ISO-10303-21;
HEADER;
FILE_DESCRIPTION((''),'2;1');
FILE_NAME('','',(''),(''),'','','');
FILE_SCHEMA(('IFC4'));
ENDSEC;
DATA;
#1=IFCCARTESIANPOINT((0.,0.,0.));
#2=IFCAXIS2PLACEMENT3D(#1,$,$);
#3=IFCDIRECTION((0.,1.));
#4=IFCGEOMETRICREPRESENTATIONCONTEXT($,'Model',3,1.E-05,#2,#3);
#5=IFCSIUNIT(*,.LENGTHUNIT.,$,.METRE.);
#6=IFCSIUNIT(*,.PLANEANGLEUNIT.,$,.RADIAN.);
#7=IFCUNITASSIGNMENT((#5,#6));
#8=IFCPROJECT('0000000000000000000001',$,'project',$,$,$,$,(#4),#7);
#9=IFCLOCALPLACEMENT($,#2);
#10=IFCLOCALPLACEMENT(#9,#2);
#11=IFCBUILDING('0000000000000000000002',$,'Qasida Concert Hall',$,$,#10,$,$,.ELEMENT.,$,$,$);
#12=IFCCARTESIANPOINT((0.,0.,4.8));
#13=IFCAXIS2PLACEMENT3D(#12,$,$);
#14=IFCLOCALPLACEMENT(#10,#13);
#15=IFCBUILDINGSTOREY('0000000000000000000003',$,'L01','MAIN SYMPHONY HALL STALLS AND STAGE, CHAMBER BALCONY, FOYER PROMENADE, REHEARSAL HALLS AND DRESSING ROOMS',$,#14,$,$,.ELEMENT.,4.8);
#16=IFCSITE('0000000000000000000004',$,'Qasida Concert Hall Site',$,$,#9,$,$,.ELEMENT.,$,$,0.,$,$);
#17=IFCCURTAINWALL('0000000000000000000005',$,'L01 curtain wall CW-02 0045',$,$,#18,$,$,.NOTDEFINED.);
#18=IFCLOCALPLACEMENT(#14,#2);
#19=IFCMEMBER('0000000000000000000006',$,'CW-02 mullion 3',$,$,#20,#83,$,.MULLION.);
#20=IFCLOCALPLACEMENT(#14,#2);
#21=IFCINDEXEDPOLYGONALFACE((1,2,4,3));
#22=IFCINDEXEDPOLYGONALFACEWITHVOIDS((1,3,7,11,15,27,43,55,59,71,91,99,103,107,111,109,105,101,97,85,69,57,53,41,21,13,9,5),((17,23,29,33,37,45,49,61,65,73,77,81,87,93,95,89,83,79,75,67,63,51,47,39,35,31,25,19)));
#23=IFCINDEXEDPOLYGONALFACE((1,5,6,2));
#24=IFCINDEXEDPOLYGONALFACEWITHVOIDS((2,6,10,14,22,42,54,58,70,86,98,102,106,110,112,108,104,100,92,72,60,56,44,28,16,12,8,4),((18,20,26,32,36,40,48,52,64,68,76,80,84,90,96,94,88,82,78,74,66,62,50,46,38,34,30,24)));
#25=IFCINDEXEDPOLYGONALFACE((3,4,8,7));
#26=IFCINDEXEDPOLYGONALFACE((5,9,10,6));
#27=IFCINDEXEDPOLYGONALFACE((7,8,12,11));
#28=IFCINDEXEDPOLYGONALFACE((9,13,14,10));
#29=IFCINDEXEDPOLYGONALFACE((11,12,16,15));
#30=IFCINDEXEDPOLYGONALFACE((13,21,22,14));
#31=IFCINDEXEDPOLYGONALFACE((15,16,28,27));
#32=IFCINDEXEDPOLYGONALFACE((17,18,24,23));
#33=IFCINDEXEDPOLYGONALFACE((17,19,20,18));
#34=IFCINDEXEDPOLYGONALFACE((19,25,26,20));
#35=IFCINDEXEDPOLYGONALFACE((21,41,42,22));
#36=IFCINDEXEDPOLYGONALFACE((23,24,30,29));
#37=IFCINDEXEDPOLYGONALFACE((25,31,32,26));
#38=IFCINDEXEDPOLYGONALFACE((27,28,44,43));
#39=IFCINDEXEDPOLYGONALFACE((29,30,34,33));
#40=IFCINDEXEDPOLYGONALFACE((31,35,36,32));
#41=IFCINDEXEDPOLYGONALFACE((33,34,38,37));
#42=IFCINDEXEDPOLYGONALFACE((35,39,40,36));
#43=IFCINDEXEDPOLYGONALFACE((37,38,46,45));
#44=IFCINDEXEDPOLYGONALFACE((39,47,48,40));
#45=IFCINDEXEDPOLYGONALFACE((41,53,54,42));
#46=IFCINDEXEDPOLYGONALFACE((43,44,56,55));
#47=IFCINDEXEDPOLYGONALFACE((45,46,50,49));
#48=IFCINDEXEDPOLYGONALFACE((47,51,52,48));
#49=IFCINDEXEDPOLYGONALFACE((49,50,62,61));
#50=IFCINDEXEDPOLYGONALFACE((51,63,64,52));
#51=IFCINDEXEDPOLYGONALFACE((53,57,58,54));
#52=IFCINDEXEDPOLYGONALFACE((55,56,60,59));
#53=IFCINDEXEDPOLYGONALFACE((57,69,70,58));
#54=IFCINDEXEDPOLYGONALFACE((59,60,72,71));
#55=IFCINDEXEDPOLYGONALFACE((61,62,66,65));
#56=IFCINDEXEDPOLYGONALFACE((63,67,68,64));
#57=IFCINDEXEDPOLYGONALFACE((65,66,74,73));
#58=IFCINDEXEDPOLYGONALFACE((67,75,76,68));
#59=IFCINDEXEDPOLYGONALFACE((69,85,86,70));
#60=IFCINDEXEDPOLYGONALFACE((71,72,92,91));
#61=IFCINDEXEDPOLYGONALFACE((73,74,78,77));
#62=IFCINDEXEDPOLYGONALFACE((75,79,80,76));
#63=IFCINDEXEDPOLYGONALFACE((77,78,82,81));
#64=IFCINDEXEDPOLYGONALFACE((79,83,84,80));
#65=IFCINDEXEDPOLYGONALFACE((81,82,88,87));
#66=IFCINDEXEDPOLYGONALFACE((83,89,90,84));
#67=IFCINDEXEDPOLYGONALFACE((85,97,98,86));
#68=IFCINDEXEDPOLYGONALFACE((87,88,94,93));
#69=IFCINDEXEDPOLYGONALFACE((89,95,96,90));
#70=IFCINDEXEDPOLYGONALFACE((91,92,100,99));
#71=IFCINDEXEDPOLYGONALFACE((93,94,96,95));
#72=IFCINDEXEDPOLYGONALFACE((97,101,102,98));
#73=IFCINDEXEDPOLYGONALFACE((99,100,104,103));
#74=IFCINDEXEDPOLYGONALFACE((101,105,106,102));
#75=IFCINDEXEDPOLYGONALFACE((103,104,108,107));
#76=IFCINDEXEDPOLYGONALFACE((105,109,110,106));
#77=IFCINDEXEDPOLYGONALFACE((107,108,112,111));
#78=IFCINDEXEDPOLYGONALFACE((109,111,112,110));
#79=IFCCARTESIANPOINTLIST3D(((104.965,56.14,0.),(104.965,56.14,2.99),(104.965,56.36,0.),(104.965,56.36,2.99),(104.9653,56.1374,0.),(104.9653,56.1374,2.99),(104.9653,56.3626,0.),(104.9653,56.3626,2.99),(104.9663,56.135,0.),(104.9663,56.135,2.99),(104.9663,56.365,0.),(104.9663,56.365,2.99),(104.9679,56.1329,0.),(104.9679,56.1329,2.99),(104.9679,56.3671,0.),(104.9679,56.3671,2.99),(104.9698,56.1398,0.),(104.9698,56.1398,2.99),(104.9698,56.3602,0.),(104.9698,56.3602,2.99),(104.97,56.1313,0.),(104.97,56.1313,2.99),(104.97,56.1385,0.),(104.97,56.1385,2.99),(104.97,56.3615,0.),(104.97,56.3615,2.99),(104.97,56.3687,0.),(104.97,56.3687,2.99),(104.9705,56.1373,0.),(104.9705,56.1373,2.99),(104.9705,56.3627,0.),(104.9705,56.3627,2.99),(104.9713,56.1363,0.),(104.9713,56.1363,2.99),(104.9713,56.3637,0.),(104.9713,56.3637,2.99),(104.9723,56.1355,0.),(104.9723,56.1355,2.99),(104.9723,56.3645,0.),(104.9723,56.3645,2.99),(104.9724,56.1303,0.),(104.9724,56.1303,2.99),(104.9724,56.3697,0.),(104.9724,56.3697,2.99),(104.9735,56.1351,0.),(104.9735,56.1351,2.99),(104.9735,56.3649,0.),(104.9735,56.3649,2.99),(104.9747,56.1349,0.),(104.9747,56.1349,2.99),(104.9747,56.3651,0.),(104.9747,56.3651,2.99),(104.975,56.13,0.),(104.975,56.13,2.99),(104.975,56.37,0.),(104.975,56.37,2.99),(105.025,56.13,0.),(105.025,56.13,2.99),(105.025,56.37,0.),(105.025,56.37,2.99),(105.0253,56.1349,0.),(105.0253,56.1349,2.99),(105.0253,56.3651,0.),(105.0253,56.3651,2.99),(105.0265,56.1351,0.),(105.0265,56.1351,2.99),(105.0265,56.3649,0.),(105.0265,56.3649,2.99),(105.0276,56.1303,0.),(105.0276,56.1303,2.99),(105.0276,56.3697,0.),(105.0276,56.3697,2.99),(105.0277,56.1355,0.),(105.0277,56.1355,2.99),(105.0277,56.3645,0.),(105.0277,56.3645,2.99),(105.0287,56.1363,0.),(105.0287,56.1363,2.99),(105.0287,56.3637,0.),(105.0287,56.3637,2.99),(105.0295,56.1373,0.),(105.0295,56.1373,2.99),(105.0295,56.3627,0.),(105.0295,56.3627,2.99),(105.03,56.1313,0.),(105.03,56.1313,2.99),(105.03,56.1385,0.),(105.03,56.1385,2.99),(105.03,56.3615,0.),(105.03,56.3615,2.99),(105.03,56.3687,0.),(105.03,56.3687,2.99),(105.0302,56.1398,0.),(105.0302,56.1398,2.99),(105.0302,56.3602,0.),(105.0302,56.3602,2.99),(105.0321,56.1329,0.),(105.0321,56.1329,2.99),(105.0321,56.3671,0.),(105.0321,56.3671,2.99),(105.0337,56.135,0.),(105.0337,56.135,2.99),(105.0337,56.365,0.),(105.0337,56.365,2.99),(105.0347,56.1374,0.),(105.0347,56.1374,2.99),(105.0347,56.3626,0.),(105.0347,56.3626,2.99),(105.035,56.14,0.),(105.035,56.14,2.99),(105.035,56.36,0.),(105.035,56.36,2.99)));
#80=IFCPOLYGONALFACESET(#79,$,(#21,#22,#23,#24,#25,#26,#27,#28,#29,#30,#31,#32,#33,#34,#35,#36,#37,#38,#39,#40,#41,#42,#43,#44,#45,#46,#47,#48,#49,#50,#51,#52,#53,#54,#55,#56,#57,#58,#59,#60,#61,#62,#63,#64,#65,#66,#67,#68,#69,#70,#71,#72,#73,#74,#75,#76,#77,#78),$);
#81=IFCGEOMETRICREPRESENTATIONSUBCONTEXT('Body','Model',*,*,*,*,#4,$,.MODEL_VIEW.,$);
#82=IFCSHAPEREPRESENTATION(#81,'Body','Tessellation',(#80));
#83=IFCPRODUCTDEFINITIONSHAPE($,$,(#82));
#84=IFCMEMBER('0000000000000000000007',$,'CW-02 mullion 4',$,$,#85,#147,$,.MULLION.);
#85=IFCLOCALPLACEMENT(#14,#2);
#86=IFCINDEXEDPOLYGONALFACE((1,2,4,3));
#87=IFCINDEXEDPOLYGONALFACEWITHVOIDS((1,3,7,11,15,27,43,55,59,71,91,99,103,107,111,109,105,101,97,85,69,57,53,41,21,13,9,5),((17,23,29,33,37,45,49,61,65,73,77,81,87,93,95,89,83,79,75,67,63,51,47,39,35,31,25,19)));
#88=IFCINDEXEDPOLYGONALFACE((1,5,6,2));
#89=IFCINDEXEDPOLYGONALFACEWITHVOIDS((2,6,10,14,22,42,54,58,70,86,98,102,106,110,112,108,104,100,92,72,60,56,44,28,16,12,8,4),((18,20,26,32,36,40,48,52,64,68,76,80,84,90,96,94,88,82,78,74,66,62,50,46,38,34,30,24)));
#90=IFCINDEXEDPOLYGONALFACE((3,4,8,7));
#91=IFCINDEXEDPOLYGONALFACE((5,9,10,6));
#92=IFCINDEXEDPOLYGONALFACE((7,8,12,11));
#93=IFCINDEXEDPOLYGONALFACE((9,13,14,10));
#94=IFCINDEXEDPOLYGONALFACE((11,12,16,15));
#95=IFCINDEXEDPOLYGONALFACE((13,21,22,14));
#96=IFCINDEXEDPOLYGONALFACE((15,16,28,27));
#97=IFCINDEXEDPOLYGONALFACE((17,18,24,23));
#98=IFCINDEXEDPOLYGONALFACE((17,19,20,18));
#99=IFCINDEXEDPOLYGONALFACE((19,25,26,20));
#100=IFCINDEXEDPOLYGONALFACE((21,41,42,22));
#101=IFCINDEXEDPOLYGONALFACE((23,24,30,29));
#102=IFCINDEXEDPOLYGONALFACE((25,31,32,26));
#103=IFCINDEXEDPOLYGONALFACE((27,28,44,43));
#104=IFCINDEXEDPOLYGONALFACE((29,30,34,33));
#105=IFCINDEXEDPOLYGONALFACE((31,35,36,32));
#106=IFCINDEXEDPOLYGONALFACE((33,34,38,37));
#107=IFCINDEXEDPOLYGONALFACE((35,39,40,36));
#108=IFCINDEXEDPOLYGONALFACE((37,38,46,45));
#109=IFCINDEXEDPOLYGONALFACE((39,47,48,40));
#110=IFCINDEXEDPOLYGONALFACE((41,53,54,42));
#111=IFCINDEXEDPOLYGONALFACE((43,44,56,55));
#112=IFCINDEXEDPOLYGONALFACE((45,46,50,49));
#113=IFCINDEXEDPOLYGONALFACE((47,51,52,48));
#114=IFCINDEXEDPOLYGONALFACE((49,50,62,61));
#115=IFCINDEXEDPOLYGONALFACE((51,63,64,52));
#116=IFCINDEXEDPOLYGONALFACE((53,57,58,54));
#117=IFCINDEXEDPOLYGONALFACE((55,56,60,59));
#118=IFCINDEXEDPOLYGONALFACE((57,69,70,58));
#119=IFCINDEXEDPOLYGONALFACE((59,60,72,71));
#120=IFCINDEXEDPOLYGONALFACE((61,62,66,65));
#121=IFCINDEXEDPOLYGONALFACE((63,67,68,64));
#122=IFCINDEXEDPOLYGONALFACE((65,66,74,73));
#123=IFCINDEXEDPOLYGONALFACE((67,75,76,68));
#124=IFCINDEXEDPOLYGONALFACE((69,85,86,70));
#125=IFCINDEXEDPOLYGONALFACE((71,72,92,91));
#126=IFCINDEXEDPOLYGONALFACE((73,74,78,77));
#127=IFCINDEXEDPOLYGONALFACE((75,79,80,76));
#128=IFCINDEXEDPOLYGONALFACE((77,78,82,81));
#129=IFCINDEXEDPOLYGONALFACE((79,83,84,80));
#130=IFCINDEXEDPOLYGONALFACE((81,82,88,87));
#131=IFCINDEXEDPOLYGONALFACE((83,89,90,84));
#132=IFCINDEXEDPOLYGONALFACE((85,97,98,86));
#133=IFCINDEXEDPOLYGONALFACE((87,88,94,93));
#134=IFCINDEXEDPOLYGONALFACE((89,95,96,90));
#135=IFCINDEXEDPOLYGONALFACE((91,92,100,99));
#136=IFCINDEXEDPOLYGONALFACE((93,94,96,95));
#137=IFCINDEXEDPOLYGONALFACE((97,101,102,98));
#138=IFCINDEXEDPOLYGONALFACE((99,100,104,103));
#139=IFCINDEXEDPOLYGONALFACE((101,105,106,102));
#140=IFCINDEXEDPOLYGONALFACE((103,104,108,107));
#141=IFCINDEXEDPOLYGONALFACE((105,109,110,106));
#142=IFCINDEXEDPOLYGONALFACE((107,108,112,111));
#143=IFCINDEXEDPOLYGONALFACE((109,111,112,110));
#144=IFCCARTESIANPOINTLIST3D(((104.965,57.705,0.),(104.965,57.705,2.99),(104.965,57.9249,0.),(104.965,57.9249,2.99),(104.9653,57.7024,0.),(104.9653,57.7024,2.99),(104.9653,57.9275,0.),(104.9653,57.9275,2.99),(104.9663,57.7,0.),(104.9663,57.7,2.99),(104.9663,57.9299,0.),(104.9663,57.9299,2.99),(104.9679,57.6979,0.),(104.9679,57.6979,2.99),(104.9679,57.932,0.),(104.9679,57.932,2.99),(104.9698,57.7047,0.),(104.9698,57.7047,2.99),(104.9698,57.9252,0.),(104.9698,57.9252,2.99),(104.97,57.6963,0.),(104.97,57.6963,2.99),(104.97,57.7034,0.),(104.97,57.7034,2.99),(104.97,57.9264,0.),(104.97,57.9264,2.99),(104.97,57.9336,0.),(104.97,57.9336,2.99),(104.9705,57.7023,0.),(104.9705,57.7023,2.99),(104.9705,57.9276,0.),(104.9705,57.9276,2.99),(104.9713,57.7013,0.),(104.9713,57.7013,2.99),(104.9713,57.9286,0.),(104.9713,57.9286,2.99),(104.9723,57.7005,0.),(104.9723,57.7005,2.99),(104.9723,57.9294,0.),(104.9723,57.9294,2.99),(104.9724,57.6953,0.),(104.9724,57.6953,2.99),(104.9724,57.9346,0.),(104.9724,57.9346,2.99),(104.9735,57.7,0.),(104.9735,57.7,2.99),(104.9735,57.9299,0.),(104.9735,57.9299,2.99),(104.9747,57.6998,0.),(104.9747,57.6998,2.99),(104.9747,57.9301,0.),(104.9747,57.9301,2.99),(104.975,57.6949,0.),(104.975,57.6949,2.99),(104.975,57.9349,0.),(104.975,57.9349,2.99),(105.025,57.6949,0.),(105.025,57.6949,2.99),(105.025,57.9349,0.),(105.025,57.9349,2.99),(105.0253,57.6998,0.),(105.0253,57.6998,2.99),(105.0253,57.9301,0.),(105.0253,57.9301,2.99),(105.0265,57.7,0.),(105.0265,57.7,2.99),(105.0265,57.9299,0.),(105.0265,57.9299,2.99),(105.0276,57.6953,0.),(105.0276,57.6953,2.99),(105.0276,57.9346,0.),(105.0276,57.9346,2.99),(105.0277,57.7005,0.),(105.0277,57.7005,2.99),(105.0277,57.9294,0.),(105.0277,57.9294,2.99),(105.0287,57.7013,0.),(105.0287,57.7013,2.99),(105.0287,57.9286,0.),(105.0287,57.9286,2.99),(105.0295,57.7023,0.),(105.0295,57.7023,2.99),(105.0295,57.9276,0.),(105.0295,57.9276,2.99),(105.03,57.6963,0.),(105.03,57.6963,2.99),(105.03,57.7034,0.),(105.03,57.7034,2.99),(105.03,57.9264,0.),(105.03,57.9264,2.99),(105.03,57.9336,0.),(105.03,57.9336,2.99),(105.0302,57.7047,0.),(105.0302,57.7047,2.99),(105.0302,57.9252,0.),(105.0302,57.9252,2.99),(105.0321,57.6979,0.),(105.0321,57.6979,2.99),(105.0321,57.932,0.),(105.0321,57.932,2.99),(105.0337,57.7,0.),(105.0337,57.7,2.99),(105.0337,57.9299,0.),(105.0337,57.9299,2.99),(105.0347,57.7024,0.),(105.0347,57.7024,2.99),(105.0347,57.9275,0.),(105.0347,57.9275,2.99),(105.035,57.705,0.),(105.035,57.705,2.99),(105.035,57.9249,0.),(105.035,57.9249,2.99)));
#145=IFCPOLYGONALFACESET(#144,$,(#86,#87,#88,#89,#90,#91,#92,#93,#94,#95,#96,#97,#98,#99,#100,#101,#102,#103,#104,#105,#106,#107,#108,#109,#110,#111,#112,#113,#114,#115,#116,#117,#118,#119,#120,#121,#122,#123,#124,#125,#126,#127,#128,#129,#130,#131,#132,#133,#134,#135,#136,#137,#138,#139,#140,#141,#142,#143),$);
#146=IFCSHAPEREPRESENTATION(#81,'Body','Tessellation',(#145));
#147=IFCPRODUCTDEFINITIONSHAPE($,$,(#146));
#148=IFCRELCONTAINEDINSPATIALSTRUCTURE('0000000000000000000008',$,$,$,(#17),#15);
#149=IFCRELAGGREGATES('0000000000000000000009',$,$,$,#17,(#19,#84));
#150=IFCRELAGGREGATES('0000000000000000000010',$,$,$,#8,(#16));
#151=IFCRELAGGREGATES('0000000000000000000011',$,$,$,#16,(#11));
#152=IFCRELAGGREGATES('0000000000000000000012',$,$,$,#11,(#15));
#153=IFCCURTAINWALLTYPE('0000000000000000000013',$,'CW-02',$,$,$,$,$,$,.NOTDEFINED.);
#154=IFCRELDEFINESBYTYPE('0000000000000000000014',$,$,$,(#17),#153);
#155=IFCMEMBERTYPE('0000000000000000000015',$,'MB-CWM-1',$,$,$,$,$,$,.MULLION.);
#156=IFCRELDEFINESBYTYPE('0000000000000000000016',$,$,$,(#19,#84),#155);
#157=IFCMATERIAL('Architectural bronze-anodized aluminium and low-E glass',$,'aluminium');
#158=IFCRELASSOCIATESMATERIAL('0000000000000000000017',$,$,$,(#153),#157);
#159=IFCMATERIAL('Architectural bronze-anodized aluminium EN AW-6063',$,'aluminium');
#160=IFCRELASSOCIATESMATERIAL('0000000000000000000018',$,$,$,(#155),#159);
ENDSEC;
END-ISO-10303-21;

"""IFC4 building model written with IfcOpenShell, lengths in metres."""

from ifc_helpers import new_model, si_unit, direction, frame, origin, origin_2d, place, context, subcontext, project, spatial, hollow_rectangle, extrude, material, material_profile, profile_set, type_object, element, aggregate, save


model = new_model("IFC4")

# Units and contexts
model_context = context("Model", 3, precision=1e-05, world=origin(), true_north=direction((0.0, 1.0)))
body_context = subcontext(model_context, "Body", "Model", "MODEL_VIEW")
ifc_project = project(units=[si_unit("LENGTHUNIT", "METRE"), si_unit("PLANEANGLEUNIT", "RADIAN")], contexts=[model_context])

# Site, building, storey
site_placement = place(None, origin())
site = spatial("IfcSite", under=ifc_project, at=site_placement, Name="Qasida Concert Hall Site", CompositionType="ELEMENT", RefElevation=0.0)
building_placement = place(site_placement, origin())
building = spatial("IfcBuilding", under=site, at=building_placement, Name="Qasida Concert Hall", CompositionType="ELEMENT")
storey_placement = place(building_placement, frame((0.0, 0.0, 4.8)))
storey = spatial("IfcBuildingStorey", under=building, at=storey_placement, Name="L01", Description="MAIN SYMPHONY HALL STALLS AND STAGE, CHAMBER BALCONY, FOYER PROMENADE, REHEARSAL HALLS AND DRESSING ROOMS", CompositionType="ELEMENT", Elevation=4.8)

# Curtain wall, members
ifc_material_1 = material(Name="Architectural bronze-anodized aluminium and low-E glass", Category="aluminium")
curtain_wall_type = type_object("IfcCurtainWallType", Name="CW-02", PredefinedType="NOTDEFINED", material=ifc_material_1)
curtain_wall_placement = place(storey_placement, origin())
curtain_wall = element("IfcCurtainWall", 1, at=curtain_wall_placement, inside=storey, type_object=curtain_wall_type, Name="L01 curtain wall CW-02 0045", PredefinedType="NOTDEFINED")
ifc_material_2 = material(Name="Architectural bronze-anodized aluminium EN AW-6063", Category="aluminium")
ifc_material_profile_1 = material_profile(ifc_material_2, hollow_rectangle(XDim=0.0701, YDim=0.24, WallThickness=0.0049, InnerFilletRadius=0.0049, OuterFilletRadius=0.01, at=origin_2d()), Name="CWM 240x70x5")
ifc_profile_set_1 = profile_set([ifc_material_profile_1], Name="Architectural bronze-anodized aluminium EN AW-6063")
member_type_1 = type_object("IfcMemberType", Name="MB-CWM-1", PredefinedType="MULLION", material=ifc_profile_set_1)
member_1_placement = place(storey_placement, frame((105.0, 56.25, 0.0), z_axis=(0.0, 0.0, 1.0), x_axis=(-1.0, 0.0, 0.0)))
member_1 = element("IfcMember", 2, at=member_1_placement, type_object=member_type_1, Name="CW-02 mullion 3", PredefinedType="MULLION", context=body_context, shape_type="SweptSolid", body=[
    extrude(hollow_rectangle(XDim=0.0701, YDim=0.24, WallThickness=0.0049, InnerFilletRadius=0.0049, OuterFilletRadius=0.01, at=origin_2d()), origin(), (0.0, 0.0, 1.0), 2.99),
])
member_2_placement = place(storey_placement, frame((105.0, 57.8149, 0.0), z_axis=(0.0, 0.0, 1.0), x_axis=(-1.0, 0.0, 0.0)))
member_2 = element("IfcMember", 3, at=member_2_placement, type_object=member_type_1, Name="CW-02 mullion 4", PredefinedType="MULLION", context=body_context, shape_type="SweptSolid", body=[
    extrude(hollow_rectangle(XDim=0.0701, YDim=0.24, WallThickness=0.0049, InnerFilletRadius=0.0049, OuterFilletRadius=0.01, at=origin_2d()), origin(), (0.0, 0.0, 1.0), 2.99),
])
aggregate(curtain_wall, [member_1, member_2])

save(model, "model.ifc")
